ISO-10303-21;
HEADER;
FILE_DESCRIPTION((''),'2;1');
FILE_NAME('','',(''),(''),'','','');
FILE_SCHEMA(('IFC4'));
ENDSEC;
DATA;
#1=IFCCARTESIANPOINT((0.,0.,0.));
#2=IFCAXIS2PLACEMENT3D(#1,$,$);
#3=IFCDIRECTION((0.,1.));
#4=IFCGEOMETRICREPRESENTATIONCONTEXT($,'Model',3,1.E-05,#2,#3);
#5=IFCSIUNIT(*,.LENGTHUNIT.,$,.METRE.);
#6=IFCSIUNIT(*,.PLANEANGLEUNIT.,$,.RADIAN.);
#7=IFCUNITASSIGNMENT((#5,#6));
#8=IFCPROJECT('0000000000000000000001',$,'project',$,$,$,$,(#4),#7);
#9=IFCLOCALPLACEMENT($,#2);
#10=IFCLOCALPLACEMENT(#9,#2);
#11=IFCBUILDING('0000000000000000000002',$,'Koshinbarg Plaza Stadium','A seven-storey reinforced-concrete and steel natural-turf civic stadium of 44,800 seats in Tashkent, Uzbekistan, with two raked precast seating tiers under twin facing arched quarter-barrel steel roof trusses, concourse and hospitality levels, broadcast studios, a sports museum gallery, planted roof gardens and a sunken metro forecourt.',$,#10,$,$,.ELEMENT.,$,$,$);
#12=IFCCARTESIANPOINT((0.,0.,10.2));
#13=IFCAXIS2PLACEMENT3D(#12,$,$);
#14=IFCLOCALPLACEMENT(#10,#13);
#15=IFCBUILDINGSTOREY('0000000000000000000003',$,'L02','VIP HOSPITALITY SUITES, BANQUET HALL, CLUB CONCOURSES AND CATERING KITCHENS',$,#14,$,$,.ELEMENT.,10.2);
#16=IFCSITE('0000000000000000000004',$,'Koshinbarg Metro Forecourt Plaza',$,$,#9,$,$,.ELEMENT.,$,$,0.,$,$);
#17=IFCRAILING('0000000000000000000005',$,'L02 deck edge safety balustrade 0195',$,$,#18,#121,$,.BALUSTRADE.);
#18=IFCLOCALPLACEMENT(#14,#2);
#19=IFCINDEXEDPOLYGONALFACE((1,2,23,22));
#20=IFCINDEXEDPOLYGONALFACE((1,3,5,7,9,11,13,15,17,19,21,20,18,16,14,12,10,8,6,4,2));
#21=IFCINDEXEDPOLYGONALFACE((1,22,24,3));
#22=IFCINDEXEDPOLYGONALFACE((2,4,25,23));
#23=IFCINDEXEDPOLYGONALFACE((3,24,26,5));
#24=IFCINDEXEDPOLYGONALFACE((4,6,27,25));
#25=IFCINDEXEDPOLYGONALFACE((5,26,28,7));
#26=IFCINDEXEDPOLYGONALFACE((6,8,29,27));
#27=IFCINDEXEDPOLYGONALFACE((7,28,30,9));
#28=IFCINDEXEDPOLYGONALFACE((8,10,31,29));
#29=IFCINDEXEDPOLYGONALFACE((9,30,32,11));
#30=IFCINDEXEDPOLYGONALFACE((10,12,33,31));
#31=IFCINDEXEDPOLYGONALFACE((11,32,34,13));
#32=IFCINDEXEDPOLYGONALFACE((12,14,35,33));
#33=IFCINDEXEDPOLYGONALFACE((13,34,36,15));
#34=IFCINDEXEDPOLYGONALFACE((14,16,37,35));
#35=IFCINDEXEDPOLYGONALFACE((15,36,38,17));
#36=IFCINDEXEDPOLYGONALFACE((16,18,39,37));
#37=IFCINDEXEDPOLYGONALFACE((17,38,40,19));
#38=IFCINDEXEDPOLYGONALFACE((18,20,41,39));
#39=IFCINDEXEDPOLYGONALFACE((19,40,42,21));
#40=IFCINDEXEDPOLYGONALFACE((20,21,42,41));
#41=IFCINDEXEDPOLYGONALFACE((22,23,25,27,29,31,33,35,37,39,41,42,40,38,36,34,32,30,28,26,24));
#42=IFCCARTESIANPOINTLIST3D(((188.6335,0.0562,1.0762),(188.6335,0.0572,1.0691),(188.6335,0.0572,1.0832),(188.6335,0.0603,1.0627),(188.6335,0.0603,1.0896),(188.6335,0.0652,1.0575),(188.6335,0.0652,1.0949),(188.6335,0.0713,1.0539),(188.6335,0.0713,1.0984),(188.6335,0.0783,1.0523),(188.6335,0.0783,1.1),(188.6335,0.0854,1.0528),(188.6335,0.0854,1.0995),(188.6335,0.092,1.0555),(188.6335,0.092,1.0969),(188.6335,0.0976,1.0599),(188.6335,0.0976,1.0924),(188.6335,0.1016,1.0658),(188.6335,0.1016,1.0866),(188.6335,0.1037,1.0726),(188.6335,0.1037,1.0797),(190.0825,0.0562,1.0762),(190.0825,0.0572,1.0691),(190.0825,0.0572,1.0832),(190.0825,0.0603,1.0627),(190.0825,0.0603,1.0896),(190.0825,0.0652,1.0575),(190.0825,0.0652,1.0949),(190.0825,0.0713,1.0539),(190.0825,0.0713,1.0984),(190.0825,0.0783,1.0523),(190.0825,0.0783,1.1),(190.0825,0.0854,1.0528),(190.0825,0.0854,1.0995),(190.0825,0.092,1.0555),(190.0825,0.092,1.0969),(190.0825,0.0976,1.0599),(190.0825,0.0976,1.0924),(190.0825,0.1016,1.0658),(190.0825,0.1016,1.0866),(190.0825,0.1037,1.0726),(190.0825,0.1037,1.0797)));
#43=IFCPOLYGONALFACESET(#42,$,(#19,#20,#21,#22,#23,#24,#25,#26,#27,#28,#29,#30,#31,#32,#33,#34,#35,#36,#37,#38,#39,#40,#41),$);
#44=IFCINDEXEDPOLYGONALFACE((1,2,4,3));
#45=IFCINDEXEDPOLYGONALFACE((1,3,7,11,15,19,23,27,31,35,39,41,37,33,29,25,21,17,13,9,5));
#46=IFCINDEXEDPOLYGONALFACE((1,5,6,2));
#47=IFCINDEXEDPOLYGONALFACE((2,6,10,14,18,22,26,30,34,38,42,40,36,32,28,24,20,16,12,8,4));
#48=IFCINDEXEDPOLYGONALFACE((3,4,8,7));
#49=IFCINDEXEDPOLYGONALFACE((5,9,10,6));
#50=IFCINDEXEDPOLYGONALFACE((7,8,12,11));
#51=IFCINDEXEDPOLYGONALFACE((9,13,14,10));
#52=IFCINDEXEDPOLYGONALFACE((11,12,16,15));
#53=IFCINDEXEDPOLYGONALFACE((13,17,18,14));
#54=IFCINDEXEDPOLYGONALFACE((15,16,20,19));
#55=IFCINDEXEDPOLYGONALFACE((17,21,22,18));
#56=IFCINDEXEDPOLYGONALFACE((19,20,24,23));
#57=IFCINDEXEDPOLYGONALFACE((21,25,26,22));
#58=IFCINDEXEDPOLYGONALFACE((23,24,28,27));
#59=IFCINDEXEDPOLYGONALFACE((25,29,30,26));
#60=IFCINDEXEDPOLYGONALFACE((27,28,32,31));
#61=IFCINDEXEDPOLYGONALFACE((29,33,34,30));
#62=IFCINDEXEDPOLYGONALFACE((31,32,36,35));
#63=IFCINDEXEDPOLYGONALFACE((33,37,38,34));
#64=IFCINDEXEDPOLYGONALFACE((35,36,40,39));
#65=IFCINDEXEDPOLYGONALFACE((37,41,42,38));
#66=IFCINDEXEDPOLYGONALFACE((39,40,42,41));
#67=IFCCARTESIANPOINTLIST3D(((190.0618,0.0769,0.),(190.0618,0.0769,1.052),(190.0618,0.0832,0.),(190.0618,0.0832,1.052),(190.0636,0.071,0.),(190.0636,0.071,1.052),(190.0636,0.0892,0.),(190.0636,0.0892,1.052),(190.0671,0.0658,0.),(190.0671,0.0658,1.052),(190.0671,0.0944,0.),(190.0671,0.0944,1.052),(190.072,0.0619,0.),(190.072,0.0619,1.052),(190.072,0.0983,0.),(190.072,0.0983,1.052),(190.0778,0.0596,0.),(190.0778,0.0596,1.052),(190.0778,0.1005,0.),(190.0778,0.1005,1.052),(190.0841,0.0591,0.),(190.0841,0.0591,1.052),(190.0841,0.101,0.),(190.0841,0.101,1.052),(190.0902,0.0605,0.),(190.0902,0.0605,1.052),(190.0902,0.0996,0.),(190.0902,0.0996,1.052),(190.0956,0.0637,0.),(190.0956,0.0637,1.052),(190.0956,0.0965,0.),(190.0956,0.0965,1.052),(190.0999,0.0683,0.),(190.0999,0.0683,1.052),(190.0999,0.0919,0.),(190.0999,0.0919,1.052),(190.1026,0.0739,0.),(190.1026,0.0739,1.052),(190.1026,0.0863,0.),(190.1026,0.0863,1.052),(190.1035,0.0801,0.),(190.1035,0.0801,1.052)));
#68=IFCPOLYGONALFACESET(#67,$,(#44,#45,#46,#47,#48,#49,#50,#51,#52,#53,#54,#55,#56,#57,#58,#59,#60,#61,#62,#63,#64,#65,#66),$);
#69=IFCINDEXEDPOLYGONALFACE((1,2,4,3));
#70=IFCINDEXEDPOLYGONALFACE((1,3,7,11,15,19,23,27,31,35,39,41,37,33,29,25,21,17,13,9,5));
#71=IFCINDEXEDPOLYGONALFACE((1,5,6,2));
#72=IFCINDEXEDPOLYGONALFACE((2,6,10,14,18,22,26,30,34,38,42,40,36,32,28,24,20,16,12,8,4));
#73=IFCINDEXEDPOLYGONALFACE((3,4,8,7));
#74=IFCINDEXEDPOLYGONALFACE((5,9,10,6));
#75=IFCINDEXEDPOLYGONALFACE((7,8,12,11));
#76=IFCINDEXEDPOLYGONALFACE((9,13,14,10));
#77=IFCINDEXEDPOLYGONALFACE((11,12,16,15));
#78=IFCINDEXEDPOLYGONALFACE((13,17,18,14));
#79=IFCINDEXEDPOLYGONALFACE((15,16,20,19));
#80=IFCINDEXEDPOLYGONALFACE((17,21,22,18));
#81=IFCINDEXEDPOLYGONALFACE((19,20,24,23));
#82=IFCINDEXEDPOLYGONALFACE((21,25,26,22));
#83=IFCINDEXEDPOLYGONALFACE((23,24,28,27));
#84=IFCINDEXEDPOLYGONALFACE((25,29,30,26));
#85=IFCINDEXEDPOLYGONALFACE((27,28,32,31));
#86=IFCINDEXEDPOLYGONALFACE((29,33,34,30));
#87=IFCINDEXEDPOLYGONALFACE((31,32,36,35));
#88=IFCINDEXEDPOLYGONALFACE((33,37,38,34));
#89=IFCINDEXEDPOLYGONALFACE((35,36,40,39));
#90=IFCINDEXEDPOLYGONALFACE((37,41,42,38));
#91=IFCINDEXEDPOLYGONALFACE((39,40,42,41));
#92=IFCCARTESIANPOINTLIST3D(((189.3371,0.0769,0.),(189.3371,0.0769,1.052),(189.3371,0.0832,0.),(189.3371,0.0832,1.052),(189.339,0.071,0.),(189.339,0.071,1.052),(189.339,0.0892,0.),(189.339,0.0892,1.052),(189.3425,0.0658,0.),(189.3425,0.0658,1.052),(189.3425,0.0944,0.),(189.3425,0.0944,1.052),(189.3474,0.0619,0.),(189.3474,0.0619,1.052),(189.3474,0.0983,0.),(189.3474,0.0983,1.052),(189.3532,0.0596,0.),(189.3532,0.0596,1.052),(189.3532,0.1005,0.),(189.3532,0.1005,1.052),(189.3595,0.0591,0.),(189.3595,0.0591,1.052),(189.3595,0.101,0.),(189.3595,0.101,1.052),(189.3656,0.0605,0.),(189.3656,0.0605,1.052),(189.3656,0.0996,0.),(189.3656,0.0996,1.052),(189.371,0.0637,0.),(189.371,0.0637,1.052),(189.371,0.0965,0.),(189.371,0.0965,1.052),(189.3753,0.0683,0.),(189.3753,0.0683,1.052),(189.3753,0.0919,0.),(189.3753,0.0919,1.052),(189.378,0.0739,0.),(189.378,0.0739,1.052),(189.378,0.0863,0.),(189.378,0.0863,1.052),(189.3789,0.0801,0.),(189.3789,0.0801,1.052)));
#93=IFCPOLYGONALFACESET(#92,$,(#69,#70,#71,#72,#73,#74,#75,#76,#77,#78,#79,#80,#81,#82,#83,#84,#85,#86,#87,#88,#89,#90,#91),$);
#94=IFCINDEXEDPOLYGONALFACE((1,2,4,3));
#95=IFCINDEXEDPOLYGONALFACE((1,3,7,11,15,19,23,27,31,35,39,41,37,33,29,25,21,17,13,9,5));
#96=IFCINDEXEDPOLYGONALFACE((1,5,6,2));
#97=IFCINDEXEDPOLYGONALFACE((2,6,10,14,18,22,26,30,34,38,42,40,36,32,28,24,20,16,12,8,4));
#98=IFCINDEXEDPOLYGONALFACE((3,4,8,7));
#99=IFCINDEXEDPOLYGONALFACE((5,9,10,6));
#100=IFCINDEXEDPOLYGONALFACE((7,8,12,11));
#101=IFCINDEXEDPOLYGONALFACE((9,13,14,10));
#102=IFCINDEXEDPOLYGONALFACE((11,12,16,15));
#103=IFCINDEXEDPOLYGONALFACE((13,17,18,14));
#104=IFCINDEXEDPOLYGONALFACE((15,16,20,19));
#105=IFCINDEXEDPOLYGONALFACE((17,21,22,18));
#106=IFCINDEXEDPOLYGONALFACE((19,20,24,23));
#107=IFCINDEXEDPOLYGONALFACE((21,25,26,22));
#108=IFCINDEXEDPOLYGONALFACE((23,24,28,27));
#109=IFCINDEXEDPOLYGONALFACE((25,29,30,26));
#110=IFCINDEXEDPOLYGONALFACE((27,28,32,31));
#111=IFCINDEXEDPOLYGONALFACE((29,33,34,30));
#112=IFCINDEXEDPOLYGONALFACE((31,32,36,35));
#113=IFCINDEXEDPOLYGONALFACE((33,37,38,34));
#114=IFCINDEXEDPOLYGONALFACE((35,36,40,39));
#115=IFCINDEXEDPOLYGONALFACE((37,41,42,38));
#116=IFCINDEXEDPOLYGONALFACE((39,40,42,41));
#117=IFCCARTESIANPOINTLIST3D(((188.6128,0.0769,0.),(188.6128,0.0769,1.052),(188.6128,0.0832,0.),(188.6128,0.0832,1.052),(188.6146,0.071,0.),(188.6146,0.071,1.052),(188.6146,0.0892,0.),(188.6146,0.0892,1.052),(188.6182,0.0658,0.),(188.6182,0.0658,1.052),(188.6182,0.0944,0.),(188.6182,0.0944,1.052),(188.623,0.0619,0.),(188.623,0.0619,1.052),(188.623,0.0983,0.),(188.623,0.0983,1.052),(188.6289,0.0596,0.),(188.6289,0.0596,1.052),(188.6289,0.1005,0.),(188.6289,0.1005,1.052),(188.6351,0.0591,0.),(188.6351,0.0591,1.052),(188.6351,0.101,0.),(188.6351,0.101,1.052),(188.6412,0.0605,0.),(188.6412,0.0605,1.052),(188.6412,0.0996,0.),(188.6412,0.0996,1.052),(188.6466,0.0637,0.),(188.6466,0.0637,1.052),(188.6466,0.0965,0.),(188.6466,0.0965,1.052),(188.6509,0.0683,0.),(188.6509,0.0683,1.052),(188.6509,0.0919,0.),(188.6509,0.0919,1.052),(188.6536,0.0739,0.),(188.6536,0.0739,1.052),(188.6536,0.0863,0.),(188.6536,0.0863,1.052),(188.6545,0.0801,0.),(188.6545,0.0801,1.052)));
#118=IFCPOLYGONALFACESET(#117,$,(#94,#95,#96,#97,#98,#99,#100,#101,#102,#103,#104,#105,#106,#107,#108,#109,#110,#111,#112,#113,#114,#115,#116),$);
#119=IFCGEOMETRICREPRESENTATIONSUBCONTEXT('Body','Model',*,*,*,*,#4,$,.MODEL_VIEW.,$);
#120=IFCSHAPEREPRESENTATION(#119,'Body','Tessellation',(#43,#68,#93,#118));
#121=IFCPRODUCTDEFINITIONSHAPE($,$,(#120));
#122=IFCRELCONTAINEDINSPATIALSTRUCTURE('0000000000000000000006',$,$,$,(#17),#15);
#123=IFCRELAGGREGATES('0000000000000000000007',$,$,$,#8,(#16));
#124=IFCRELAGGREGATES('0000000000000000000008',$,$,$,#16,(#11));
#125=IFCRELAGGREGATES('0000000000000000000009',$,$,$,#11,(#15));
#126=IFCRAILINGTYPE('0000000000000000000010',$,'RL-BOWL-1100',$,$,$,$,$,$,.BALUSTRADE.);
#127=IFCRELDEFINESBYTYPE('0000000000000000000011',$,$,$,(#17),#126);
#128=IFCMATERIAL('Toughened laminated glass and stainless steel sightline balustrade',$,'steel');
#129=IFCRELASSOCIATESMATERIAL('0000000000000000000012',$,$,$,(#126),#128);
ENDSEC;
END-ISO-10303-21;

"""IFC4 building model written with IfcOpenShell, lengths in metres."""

from ifc_helpers import new_model, si_unit, direction, frame, origin, origin_2d, place, context, subcontext, project, spatial, circle, extrude, material, type_object, element, save


model = new_model("IFC4")

# Units and contexts
model_context = context("Model", 3, precision=1e-05, world=origin(), true_north=direction((0.0, 1.0)))
body_context = subcontext(model_context, "Body", "Model", "MODEL_VIEW")
ifc_project = project(units=[si_unit("LENGTHUNIT", "METRE"), si_unit("PLANEANGLEUNIT", "RADIAN")], contexts=[model_context])

# Site, building, storey
site_placement = place(None, origin())
site = spatial("IfcSite", under=ifc_project, at=site_placement, Name="Koshinbarg Metro Forecourt Plaza", CompositionType="ELEMENT", RefElevation=0.0)
building_placement = place(site_placement, origin())
building = spatial("IfcBuilding", under=site, at=building_placement, Name="Koshinbarg Plaza Stadium", Description="A seven-storey reinforced-concrete and steel natural-turf civic stadium of 44,800 seats in Tashkent, Uzbekistan, with two raked precast seating tiers under twin facing arched quarter-barrel steel roof trusses, concourse and hospitality levels, broadcast studios, a sports museum gallery, planted roof gardens and a sunken metro forecourt.", CompositionType="ELEMENT")
storey_placement = place(building_placement, frame((0.0, 0.0, 10.2)))
storey = spatial("IfcBuildingStorey", under=building, at=storey_placement, Name="L02", Description="VIP HOSPITALITY SUITES, BANQUET HALL, CLUB CONCOURSES AND CATERING KITCHENS", CompositionType="ELEMENT", Elevation=10.2)

# Railing
ifc_material_1 = material(Name="Toughened laminated glass and stainless steel sightline balustrade", Category="steel")
railing_type = type_object("IfcRailingType", Name="RL-BOWL-1100", PredefinedType="BALUSTRADE", material=ifc_material_1)
railing_placement = place(storey_placement, frame((190.0825, 0.0801, 0.0)))
element("IfcRailing", 1, at=railing_placement, inside=storey, type_object=railing_type, Name="L02 deck edge safety balustrade 0195", PredefinedType="BALUSTRADE", context=body_context, shape_type="SweptSolid", body=[
    extrude(circle(Radius=0.0239, at=origin_2d()), frame((0.0, 0.0, 1.0762), z_axis=(-1.0, 0.0, 0.0), x_axis=(0.0, -1.0, 0.0)), (0.0, 0.0, 1.0), 1.449),
    extrude(circle(Radius=0.021, at=origin_2d()), origin(), (0.0, 0.0, 1.0), 1.052),
    extrude(circle(Radius=0.021, at=origin_2d()), frame((-0.7246, 0.0, 0.0)), (0.0, 0.0, 1.0), 1.052),
    extrude(circle(Radius=0.021, at=origin_2d()), frame((-1.449, 0.0, 0.0)), (0.0, 0.0, 1.0), 1.052),
])

save(model, "model.ifc")
